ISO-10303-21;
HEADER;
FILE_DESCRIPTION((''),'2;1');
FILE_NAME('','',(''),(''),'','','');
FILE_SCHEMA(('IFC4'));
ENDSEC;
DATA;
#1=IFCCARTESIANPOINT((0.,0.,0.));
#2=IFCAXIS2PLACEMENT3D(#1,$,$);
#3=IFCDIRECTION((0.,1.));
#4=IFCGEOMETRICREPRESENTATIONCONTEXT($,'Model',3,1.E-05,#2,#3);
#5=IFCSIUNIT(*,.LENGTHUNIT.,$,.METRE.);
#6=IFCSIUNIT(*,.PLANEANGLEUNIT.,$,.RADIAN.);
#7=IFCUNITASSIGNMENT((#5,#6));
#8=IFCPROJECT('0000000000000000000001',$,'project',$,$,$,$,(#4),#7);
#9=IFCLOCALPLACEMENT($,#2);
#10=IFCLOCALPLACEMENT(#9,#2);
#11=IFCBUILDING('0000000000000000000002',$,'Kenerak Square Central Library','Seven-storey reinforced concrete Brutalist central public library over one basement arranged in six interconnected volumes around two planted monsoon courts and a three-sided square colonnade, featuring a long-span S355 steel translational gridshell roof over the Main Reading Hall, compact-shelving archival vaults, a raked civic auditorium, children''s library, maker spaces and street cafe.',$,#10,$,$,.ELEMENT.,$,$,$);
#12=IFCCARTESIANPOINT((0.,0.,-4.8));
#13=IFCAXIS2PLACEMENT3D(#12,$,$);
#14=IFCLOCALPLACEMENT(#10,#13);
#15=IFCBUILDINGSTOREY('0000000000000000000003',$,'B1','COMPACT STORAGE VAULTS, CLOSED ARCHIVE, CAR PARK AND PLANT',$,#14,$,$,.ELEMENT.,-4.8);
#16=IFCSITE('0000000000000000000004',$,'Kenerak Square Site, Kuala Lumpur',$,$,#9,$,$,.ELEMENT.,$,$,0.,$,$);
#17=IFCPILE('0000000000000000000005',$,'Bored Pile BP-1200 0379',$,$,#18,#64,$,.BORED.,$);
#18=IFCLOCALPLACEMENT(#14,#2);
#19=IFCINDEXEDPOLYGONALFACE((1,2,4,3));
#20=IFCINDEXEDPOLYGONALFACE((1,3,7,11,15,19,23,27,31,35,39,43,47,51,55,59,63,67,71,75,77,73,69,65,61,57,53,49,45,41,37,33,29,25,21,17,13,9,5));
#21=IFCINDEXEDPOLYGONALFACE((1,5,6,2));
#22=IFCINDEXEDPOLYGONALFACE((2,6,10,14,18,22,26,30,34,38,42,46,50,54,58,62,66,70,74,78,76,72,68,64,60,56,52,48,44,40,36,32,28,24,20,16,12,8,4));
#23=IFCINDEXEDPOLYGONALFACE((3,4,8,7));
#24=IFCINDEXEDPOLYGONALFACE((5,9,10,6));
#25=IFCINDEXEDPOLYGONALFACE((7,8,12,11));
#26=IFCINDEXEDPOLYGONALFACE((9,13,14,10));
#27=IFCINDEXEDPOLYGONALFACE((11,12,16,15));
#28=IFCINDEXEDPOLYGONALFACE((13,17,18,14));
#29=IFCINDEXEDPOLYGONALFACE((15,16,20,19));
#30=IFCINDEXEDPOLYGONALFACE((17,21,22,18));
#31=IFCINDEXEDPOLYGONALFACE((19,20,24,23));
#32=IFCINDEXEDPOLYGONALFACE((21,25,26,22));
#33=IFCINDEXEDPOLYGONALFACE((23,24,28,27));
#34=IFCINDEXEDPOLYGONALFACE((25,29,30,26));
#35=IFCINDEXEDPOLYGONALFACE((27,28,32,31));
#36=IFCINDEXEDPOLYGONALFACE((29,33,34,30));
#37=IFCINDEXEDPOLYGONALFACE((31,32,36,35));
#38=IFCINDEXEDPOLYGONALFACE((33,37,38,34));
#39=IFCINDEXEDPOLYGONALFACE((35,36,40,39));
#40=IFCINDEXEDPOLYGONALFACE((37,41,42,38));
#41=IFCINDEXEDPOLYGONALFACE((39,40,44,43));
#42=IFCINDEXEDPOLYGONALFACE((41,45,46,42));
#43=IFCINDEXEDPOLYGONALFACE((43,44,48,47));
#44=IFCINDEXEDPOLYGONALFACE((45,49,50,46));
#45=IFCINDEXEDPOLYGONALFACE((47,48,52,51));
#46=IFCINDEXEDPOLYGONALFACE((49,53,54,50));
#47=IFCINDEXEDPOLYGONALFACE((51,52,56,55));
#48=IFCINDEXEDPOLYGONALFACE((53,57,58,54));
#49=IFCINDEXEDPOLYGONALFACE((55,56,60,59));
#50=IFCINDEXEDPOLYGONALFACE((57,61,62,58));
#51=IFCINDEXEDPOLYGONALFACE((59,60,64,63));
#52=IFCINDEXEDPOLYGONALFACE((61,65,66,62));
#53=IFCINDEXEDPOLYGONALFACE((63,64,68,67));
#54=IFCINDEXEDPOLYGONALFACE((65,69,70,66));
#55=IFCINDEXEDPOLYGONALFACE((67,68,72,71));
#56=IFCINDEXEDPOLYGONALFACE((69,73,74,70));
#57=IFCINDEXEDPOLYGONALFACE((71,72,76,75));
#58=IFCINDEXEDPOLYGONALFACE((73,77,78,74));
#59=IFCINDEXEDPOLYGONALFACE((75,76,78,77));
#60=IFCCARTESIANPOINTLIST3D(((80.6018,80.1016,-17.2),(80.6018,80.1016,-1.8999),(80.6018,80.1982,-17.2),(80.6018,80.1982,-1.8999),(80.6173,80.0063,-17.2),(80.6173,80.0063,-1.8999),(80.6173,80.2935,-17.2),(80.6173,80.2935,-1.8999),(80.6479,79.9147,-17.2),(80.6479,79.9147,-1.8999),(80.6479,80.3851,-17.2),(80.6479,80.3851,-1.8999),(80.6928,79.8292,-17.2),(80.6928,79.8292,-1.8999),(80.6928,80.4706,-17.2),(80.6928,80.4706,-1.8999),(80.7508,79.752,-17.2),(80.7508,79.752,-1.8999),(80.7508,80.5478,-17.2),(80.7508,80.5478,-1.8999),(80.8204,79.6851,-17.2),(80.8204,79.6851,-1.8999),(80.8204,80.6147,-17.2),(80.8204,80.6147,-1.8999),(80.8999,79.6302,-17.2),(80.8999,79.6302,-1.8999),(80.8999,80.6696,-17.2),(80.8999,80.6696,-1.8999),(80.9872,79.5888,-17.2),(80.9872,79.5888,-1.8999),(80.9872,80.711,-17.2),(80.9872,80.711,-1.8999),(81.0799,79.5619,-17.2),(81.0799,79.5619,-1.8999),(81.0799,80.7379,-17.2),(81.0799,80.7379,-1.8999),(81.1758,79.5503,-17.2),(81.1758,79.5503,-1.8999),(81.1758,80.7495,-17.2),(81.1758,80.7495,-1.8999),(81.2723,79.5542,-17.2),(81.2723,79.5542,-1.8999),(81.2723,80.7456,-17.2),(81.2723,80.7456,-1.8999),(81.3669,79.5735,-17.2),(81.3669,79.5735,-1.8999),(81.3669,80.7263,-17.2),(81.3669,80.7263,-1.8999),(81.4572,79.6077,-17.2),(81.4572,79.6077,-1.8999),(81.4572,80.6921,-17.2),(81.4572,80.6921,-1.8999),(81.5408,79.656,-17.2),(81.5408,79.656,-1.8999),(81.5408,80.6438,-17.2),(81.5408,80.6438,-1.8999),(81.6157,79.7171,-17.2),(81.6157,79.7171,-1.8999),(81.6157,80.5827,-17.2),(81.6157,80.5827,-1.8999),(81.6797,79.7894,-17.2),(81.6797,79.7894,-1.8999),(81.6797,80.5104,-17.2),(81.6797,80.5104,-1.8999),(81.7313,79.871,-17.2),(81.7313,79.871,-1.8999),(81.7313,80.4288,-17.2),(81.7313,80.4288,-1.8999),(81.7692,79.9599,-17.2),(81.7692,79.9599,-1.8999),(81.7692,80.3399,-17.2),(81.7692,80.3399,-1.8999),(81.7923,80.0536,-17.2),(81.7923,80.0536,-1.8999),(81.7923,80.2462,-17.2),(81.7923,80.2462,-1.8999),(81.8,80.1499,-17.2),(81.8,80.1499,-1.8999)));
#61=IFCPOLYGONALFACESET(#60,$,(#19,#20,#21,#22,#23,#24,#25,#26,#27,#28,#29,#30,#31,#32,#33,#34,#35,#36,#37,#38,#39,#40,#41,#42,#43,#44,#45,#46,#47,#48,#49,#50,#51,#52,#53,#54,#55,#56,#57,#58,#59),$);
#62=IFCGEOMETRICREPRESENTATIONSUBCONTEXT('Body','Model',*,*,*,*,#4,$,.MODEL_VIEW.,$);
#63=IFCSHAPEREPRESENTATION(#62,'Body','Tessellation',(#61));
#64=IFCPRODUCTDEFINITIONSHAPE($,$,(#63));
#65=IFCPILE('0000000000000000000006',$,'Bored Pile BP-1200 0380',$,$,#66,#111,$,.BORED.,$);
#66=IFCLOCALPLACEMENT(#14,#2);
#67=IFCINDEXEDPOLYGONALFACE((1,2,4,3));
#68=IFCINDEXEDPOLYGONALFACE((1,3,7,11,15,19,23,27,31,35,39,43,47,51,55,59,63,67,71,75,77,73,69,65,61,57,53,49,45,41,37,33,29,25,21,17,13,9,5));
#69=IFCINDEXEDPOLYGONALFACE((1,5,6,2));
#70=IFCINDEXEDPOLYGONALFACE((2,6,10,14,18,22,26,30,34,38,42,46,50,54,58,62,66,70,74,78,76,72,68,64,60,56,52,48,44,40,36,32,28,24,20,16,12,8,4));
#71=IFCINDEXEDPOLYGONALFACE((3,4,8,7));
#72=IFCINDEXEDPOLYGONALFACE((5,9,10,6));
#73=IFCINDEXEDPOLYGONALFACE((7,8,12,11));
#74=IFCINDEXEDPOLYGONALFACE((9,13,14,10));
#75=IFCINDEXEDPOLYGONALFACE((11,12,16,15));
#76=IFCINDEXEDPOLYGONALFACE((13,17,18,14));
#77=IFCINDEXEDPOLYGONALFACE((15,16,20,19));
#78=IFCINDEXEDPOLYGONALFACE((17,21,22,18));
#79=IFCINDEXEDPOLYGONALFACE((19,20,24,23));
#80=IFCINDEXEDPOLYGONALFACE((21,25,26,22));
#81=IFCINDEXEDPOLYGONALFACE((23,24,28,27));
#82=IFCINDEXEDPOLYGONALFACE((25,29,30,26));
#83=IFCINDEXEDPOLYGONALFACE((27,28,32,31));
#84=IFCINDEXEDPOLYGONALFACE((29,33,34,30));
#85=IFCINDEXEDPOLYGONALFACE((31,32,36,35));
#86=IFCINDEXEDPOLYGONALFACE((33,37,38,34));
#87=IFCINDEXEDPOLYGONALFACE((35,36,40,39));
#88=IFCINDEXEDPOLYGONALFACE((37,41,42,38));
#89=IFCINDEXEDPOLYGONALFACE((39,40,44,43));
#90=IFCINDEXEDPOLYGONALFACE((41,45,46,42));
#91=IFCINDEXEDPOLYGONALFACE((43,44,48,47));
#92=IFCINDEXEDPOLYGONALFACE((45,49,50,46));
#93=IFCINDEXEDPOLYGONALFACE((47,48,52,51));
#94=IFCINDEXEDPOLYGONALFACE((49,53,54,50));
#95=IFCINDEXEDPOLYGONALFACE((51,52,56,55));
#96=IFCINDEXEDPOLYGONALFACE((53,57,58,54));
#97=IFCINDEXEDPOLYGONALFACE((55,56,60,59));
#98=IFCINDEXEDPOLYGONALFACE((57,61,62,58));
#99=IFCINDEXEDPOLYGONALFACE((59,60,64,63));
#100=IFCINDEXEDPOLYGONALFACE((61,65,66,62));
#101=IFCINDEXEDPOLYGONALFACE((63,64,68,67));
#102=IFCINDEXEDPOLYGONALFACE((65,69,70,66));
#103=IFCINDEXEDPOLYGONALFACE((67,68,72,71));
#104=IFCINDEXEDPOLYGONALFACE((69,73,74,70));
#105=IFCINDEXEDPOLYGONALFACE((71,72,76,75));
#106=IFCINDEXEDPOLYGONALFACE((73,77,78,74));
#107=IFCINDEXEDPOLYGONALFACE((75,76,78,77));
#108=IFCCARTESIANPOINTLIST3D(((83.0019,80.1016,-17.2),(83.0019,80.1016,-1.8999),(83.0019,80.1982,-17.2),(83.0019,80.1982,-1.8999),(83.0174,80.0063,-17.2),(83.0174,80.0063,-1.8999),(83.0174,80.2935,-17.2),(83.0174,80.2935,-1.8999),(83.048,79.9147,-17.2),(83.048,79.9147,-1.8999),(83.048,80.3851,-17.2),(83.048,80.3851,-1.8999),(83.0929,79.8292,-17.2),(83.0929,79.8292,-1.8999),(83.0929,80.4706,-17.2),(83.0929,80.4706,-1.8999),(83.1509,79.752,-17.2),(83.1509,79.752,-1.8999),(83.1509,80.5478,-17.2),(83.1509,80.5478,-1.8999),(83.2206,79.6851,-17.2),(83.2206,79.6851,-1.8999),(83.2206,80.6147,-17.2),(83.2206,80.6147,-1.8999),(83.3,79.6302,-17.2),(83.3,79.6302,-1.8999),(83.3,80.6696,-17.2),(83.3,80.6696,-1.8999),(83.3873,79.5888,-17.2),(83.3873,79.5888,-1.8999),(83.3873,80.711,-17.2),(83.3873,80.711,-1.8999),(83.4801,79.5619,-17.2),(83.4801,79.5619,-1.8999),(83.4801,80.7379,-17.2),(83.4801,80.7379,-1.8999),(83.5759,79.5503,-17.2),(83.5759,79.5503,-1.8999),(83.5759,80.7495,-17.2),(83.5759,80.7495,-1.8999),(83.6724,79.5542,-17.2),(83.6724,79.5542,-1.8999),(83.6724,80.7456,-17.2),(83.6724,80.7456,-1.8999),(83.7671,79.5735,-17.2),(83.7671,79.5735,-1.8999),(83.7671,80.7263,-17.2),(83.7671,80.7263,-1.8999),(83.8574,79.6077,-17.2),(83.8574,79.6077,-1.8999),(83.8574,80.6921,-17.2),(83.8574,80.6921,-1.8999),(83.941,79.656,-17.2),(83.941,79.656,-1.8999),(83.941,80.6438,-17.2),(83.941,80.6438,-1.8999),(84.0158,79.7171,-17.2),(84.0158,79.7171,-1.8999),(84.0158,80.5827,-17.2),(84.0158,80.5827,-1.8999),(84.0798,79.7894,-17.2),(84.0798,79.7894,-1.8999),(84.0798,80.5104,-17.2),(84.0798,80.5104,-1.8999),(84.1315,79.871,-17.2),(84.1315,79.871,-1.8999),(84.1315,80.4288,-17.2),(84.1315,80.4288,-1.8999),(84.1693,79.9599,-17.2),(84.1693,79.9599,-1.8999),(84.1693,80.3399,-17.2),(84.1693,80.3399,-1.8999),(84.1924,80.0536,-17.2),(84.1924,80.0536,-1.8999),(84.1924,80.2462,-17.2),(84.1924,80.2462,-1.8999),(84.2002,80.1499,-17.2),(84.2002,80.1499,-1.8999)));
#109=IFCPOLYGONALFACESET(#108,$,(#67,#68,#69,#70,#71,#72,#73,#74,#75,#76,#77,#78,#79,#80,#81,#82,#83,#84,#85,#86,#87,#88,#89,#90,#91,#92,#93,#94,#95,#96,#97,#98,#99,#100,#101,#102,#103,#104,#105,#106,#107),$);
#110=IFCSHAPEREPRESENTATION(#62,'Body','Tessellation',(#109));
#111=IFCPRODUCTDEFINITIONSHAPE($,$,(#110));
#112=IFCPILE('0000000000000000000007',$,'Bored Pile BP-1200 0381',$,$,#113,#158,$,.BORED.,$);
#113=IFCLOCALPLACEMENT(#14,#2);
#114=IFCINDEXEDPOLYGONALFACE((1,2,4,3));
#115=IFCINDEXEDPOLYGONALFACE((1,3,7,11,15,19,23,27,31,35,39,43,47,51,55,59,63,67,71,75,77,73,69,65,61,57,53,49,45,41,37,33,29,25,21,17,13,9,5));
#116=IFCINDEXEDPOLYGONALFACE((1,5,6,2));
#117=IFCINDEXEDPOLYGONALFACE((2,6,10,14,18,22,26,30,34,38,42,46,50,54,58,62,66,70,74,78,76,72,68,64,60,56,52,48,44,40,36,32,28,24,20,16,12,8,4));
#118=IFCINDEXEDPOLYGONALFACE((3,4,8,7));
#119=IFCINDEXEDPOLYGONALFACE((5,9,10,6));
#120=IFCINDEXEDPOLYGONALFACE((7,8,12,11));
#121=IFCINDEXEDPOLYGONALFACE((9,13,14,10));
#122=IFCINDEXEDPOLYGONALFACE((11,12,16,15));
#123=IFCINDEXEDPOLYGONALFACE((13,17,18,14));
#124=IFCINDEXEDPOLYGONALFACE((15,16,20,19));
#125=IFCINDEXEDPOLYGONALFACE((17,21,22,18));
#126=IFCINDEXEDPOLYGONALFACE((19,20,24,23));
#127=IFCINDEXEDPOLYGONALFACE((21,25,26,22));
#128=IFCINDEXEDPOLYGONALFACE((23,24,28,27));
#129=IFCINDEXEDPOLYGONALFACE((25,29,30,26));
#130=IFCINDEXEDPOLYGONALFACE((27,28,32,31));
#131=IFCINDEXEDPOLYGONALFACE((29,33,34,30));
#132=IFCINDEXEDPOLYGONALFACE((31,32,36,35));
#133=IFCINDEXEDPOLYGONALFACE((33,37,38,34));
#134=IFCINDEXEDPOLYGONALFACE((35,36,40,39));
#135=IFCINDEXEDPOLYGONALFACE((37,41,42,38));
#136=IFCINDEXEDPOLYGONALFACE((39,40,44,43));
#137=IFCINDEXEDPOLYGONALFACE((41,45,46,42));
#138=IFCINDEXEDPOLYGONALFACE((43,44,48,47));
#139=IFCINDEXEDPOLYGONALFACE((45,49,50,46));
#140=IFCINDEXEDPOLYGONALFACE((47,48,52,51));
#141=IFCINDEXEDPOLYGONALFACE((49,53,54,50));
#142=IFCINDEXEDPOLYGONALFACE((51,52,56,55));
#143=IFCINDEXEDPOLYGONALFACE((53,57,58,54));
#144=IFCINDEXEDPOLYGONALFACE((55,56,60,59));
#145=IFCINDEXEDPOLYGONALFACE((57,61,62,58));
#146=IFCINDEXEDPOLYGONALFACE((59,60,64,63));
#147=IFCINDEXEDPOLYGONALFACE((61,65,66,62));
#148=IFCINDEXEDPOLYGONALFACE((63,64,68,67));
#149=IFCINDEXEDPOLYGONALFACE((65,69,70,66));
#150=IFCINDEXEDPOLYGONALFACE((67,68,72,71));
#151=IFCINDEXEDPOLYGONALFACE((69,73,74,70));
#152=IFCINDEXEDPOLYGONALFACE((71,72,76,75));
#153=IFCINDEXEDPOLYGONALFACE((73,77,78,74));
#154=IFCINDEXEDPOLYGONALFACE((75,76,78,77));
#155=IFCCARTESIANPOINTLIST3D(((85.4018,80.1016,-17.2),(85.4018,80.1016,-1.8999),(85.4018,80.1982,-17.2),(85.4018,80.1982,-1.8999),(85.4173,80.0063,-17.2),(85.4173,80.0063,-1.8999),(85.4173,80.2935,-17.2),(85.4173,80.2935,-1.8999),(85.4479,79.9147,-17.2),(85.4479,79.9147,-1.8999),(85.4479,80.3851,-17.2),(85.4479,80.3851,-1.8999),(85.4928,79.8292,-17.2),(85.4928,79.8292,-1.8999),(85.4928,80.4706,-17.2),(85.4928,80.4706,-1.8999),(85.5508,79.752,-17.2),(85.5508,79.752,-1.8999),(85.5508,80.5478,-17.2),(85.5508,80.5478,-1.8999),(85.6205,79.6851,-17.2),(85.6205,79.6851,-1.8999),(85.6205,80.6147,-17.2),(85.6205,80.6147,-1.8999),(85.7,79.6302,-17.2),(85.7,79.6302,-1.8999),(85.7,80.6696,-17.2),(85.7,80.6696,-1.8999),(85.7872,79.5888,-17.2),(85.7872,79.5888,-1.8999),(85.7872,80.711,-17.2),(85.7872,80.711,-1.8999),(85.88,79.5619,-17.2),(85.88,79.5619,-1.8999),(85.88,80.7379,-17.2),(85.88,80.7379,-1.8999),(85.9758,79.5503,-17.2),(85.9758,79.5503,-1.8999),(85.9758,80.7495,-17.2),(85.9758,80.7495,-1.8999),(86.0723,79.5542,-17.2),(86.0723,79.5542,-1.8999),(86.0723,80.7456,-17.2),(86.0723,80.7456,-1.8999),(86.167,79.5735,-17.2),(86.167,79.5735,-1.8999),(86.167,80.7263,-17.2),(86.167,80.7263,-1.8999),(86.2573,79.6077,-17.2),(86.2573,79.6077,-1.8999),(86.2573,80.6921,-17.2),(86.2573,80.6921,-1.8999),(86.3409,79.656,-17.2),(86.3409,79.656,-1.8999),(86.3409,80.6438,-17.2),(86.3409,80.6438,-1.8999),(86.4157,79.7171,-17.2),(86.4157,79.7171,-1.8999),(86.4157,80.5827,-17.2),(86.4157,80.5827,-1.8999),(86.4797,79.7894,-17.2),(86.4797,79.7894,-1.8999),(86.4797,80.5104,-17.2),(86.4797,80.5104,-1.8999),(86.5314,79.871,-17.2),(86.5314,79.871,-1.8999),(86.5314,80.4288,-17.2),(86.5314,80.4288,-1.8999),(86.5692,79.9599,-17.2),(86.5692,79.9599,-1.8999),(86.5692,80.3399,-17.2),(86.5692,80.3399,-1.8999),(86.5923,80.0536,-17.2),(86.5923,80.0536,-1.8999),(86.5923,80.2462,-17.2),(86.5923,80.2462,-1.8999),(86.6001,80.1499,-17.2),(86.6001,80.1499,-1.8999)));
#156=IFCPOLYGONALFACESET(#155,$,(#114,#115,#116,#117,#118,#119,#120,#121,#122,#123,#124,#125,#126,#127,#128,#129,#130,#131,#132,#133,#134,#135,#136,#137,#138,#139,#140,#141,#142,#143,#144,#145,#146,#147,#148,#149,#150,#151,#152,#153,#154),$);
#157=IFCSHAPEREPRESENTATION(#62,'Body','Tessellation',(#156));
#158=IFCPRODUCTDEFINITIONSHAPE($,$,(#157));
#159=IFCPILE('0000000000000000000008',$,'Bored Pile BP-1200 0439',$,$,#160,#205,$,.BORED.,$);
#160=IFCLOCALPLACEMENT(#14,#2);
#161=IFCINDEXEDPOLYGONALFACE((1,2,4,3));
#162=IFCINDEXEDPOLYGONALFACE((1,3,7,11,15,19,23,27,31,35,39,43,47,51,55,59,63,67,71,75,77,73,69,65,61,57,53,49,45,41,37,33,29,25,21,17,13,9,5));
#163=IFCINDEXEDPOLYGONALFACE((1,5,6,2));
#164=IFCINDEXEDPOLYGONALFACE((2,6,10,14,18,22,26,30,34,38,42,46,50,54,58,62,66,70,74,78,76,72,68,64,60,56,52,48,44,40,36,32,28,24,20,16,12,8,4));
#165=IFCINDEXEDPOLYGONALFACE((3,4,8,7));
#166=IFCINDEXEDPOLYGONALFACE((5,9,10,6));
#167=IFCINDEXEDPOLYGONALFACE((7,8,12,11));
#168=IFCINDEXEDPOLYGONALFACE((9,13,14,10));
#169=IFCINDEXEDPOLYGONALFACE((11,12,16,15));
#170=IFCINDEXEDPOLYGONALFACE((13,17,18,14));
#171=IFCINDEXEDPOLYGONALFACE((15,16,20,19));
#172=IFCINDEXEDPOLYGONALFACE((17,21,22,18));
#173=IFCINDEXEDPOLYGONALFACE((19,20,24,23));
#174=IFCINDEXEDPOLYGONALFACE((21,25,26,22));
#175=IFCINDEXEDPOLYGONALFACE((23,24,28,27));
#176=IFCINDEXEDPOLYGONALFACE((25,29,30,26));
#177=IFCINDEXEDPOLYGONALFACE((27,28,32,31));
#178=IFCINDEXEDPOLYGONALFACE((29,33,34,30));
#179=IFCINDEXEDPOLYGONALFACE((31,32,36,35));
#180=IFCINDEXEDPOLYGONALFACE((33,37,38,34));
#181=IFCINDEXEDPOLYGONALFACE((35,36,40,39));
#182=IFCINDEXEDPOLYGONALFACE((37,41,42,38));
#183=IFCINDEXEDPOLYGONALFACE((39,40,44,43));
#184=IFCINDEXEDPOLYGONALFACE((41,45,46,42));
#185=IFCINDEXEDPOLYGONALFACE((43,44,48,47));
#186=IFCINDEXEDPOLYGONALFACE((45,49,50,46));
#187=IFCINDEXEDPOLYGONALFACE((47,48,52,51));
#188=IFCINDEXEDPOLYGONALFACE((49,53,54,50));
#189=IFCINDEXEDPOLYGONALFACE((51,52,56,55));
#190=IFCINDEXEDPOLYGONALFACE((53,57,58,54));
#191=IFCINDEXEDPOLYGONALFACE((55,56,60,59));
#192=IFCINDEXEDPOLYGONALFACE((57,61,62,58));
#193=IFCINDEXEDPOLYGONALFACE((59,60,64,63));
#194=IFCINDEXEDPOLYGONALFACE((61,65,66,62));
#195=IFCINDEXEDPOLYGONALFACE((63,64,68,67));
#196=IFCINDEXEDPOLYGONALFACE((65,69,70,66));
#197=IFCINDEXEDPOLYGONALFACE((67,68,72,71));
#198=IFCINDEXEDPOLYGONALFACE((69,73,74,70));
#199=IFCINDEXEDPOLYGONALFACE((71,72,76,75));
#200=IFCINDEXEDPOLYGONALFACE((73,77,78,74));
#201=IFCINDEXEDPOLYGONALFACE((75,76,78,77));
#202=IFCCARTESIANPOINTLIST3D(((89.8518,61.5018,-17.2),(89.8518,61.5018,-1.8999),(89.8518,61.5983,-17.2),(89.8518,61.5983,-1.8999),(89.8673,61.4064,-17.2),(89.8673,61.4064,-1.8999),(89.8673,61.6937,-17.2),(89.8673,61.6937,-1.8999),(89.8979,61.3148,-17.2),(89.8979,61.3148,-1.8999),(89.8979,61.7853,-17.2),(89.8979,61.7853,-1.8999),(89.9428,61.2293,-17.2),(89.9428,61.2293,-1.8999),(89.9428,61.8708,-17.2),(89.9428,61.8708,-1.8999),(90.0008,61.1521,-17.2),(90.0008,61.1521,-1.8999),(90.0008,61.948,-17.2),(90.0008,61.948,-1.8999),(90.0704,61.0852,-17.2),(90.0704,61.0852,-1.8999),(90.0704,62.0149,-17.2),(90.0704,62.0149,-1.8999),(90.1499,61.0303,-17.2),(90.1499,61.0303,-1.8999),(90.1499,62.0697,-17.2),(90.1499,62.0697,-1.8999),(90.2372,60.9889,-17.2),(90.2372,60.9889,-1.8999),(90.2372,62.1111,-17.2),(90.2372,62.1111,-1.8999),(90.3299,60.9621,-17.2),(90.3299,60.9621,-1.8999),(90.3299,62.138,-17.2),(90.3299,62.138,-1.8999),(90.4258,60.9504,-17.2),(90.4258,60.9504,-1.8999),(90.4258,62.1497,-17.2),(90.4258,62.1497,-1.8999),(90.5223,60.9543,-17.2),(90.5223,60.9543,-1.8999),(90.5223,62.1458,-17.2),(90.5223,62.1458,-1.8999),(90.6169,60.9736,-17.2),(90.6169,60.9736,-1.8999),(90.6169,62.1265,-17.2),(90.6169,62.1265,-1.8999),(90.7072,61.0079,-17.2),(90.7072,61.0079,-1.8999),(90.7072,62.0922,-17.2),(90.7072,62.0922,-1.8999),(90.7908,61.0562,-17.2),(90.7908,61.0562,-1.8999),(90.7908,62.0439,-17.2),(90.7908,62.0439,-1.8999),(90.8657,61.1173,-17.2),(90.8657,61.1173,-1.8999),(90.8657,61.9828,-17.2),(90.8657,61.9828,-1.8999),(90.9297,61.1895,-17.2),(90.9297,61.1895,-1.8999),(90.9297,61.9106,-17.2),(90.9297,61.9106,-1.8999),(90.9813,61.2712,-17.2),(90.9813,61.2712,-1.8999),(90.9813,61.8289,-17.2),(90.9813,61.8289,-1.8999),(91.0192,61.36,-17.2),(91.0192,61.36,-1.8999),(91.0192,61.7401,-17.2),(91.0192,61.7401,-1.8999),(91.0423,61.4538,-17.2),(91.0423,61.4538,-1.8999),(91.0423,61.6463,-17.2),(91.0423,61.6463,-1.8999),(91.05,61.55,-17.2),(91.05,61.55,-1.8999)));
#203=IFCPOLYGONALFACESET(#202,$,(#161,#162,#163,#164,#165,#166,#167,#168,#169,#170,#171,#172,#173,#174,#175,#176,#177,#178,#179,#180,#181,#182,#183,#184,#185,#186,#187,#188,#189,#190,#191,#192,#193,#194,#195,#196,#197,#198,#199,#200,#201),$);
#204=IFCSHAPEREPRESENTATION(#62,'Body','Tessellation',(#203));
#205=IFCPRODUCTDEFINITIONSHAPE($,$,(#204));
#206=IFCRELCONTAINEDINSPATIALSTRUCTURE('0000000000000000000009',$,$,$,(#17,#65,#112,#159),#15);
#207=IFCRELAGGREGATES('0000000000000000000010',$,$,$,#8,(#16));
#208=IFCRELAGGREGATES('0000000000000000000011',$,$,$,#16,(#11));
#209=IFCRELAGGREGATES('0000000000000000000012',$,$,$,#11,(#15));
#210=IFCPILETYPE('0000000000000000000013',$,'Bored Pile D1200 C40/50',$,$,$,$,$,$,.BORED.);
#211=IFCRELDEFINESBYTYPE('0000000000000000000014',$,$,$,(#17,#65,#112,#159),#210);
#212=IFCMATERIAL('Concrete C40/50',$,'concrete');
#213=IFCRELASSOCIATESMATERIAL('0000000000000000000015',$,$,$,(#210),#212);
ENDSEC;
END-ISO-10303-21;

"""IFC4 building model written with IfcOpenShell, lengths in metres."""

from ifc_helpers import new_model, si_unit, direction, frame, origin, origin_2d, place, context, subcontext, project, spatial, circle, extrude, material, material_profile, profile_set, type_object, element, save


model = new_model("IFC4")

# Units and contexts
model_context = context("Model", 3, precision=1e-05, world=origin(), true_north=direction((0.0, 1.0)))
body_context = subcontext(model_context, "Body", "Model", "MODEL_VIEW")
ifc_project = project(units=[si_unit("LENGTHUNIT", "METRE"), si_unit("PLANEANGLEUNIT", "RADIAN")], contexts=[model_context])

# Site, building, storey
site_placement = place(None, origin())
site = spatial("IfcSite", under=ifc_project, at=site_placement, Name="Kenerak Square Site, Kuala Lumpur", CompositionType="ELEMENT", RefElevation=0.0)
building_placement = place(site_placement, origin())
building = spatial("IfcBuilding", under=site, at=building_placement, Name="Kenerak Square Central Library", Description="Seven-storey reinforced concrete Brutalist central public library over one basement arranged in six interconnected volumes around two planted monsoon courts and a three-sided square colonnade, featuring a long-span S355 steel translational gridshell roof over the Main Reading Hall, compact-shelving archival vaults, a raked civic auditorium, children's library, maker spaces and street cafe.", CompositionType="ELEMENT")
storey_placement = place(building_placement, frame((0.0, 0.0, -4.8)))
storey = spatial("IfcBuildingStorey", under=building, at=storey_placement, Name="B1", Description="COMPACT STORAGE VAULTS, CLOSED ARCHIVE, CAR PARK AND PLANT", CompositionType="ELEMENT", Elevation=-4.8)

# Piles
ifc_material = material(Name="Concrete C40/50", Category="concrete")
ifc_material_profile_1 = material_profile(ifc_material, circle(Radius=0.6001, at=origin_2d()), Name="BP D1200")
ifc_profile_set_1 = profile_set([ifc_material_profile_1], Name="Concrete C40/50")
pile_type = type_object("IfcPileType", Name="Bored Pile D1200 C40/50", PredefinedType="BORED", material=ifc_profile_set_1)
for number, where, z_axis, x_axis, name in (
    (1, (81.2, 80.1499, -1.8999), (0.0, 0.0, -1.0), (1.0, 0.0, 0.0), "Bored Pile BP-1200 0379"),
    (2, (83.6001, 80.1499, -1.8999), (0.0, 0.0, -1.0), (1.0, 0.0, 0.0), "Bored Pile BP-1200 0380"),
    (3, (86.0, 80.1499, -1.8999), (0.0, 0.0, -1.0), (1.0, 0.0, 0.0), "Bored Pile BP-1200 0381"),
    (4, (90.45, 61.55, -1.8999), (0.0, 0.0, -1.0), (1.0, 0.0, 0.0), "Bored Pile BP-1200 0439"),
):
    element("IfcPile", number, at=place(storey_placement, frame(where, z_axis=z_axis, x_axis=x_axis)), inside=storey, type_object=pile_type, Name=name, PredefinedType="BORED", context=body_context, shape_type="SweptSolid", body=[
        extrude(circle(Radius=0.6001, at=origin_2d()), origin(), (0.0, 0.0, 1.0), 15.3),
    ])

save(model, "model.ifc")
